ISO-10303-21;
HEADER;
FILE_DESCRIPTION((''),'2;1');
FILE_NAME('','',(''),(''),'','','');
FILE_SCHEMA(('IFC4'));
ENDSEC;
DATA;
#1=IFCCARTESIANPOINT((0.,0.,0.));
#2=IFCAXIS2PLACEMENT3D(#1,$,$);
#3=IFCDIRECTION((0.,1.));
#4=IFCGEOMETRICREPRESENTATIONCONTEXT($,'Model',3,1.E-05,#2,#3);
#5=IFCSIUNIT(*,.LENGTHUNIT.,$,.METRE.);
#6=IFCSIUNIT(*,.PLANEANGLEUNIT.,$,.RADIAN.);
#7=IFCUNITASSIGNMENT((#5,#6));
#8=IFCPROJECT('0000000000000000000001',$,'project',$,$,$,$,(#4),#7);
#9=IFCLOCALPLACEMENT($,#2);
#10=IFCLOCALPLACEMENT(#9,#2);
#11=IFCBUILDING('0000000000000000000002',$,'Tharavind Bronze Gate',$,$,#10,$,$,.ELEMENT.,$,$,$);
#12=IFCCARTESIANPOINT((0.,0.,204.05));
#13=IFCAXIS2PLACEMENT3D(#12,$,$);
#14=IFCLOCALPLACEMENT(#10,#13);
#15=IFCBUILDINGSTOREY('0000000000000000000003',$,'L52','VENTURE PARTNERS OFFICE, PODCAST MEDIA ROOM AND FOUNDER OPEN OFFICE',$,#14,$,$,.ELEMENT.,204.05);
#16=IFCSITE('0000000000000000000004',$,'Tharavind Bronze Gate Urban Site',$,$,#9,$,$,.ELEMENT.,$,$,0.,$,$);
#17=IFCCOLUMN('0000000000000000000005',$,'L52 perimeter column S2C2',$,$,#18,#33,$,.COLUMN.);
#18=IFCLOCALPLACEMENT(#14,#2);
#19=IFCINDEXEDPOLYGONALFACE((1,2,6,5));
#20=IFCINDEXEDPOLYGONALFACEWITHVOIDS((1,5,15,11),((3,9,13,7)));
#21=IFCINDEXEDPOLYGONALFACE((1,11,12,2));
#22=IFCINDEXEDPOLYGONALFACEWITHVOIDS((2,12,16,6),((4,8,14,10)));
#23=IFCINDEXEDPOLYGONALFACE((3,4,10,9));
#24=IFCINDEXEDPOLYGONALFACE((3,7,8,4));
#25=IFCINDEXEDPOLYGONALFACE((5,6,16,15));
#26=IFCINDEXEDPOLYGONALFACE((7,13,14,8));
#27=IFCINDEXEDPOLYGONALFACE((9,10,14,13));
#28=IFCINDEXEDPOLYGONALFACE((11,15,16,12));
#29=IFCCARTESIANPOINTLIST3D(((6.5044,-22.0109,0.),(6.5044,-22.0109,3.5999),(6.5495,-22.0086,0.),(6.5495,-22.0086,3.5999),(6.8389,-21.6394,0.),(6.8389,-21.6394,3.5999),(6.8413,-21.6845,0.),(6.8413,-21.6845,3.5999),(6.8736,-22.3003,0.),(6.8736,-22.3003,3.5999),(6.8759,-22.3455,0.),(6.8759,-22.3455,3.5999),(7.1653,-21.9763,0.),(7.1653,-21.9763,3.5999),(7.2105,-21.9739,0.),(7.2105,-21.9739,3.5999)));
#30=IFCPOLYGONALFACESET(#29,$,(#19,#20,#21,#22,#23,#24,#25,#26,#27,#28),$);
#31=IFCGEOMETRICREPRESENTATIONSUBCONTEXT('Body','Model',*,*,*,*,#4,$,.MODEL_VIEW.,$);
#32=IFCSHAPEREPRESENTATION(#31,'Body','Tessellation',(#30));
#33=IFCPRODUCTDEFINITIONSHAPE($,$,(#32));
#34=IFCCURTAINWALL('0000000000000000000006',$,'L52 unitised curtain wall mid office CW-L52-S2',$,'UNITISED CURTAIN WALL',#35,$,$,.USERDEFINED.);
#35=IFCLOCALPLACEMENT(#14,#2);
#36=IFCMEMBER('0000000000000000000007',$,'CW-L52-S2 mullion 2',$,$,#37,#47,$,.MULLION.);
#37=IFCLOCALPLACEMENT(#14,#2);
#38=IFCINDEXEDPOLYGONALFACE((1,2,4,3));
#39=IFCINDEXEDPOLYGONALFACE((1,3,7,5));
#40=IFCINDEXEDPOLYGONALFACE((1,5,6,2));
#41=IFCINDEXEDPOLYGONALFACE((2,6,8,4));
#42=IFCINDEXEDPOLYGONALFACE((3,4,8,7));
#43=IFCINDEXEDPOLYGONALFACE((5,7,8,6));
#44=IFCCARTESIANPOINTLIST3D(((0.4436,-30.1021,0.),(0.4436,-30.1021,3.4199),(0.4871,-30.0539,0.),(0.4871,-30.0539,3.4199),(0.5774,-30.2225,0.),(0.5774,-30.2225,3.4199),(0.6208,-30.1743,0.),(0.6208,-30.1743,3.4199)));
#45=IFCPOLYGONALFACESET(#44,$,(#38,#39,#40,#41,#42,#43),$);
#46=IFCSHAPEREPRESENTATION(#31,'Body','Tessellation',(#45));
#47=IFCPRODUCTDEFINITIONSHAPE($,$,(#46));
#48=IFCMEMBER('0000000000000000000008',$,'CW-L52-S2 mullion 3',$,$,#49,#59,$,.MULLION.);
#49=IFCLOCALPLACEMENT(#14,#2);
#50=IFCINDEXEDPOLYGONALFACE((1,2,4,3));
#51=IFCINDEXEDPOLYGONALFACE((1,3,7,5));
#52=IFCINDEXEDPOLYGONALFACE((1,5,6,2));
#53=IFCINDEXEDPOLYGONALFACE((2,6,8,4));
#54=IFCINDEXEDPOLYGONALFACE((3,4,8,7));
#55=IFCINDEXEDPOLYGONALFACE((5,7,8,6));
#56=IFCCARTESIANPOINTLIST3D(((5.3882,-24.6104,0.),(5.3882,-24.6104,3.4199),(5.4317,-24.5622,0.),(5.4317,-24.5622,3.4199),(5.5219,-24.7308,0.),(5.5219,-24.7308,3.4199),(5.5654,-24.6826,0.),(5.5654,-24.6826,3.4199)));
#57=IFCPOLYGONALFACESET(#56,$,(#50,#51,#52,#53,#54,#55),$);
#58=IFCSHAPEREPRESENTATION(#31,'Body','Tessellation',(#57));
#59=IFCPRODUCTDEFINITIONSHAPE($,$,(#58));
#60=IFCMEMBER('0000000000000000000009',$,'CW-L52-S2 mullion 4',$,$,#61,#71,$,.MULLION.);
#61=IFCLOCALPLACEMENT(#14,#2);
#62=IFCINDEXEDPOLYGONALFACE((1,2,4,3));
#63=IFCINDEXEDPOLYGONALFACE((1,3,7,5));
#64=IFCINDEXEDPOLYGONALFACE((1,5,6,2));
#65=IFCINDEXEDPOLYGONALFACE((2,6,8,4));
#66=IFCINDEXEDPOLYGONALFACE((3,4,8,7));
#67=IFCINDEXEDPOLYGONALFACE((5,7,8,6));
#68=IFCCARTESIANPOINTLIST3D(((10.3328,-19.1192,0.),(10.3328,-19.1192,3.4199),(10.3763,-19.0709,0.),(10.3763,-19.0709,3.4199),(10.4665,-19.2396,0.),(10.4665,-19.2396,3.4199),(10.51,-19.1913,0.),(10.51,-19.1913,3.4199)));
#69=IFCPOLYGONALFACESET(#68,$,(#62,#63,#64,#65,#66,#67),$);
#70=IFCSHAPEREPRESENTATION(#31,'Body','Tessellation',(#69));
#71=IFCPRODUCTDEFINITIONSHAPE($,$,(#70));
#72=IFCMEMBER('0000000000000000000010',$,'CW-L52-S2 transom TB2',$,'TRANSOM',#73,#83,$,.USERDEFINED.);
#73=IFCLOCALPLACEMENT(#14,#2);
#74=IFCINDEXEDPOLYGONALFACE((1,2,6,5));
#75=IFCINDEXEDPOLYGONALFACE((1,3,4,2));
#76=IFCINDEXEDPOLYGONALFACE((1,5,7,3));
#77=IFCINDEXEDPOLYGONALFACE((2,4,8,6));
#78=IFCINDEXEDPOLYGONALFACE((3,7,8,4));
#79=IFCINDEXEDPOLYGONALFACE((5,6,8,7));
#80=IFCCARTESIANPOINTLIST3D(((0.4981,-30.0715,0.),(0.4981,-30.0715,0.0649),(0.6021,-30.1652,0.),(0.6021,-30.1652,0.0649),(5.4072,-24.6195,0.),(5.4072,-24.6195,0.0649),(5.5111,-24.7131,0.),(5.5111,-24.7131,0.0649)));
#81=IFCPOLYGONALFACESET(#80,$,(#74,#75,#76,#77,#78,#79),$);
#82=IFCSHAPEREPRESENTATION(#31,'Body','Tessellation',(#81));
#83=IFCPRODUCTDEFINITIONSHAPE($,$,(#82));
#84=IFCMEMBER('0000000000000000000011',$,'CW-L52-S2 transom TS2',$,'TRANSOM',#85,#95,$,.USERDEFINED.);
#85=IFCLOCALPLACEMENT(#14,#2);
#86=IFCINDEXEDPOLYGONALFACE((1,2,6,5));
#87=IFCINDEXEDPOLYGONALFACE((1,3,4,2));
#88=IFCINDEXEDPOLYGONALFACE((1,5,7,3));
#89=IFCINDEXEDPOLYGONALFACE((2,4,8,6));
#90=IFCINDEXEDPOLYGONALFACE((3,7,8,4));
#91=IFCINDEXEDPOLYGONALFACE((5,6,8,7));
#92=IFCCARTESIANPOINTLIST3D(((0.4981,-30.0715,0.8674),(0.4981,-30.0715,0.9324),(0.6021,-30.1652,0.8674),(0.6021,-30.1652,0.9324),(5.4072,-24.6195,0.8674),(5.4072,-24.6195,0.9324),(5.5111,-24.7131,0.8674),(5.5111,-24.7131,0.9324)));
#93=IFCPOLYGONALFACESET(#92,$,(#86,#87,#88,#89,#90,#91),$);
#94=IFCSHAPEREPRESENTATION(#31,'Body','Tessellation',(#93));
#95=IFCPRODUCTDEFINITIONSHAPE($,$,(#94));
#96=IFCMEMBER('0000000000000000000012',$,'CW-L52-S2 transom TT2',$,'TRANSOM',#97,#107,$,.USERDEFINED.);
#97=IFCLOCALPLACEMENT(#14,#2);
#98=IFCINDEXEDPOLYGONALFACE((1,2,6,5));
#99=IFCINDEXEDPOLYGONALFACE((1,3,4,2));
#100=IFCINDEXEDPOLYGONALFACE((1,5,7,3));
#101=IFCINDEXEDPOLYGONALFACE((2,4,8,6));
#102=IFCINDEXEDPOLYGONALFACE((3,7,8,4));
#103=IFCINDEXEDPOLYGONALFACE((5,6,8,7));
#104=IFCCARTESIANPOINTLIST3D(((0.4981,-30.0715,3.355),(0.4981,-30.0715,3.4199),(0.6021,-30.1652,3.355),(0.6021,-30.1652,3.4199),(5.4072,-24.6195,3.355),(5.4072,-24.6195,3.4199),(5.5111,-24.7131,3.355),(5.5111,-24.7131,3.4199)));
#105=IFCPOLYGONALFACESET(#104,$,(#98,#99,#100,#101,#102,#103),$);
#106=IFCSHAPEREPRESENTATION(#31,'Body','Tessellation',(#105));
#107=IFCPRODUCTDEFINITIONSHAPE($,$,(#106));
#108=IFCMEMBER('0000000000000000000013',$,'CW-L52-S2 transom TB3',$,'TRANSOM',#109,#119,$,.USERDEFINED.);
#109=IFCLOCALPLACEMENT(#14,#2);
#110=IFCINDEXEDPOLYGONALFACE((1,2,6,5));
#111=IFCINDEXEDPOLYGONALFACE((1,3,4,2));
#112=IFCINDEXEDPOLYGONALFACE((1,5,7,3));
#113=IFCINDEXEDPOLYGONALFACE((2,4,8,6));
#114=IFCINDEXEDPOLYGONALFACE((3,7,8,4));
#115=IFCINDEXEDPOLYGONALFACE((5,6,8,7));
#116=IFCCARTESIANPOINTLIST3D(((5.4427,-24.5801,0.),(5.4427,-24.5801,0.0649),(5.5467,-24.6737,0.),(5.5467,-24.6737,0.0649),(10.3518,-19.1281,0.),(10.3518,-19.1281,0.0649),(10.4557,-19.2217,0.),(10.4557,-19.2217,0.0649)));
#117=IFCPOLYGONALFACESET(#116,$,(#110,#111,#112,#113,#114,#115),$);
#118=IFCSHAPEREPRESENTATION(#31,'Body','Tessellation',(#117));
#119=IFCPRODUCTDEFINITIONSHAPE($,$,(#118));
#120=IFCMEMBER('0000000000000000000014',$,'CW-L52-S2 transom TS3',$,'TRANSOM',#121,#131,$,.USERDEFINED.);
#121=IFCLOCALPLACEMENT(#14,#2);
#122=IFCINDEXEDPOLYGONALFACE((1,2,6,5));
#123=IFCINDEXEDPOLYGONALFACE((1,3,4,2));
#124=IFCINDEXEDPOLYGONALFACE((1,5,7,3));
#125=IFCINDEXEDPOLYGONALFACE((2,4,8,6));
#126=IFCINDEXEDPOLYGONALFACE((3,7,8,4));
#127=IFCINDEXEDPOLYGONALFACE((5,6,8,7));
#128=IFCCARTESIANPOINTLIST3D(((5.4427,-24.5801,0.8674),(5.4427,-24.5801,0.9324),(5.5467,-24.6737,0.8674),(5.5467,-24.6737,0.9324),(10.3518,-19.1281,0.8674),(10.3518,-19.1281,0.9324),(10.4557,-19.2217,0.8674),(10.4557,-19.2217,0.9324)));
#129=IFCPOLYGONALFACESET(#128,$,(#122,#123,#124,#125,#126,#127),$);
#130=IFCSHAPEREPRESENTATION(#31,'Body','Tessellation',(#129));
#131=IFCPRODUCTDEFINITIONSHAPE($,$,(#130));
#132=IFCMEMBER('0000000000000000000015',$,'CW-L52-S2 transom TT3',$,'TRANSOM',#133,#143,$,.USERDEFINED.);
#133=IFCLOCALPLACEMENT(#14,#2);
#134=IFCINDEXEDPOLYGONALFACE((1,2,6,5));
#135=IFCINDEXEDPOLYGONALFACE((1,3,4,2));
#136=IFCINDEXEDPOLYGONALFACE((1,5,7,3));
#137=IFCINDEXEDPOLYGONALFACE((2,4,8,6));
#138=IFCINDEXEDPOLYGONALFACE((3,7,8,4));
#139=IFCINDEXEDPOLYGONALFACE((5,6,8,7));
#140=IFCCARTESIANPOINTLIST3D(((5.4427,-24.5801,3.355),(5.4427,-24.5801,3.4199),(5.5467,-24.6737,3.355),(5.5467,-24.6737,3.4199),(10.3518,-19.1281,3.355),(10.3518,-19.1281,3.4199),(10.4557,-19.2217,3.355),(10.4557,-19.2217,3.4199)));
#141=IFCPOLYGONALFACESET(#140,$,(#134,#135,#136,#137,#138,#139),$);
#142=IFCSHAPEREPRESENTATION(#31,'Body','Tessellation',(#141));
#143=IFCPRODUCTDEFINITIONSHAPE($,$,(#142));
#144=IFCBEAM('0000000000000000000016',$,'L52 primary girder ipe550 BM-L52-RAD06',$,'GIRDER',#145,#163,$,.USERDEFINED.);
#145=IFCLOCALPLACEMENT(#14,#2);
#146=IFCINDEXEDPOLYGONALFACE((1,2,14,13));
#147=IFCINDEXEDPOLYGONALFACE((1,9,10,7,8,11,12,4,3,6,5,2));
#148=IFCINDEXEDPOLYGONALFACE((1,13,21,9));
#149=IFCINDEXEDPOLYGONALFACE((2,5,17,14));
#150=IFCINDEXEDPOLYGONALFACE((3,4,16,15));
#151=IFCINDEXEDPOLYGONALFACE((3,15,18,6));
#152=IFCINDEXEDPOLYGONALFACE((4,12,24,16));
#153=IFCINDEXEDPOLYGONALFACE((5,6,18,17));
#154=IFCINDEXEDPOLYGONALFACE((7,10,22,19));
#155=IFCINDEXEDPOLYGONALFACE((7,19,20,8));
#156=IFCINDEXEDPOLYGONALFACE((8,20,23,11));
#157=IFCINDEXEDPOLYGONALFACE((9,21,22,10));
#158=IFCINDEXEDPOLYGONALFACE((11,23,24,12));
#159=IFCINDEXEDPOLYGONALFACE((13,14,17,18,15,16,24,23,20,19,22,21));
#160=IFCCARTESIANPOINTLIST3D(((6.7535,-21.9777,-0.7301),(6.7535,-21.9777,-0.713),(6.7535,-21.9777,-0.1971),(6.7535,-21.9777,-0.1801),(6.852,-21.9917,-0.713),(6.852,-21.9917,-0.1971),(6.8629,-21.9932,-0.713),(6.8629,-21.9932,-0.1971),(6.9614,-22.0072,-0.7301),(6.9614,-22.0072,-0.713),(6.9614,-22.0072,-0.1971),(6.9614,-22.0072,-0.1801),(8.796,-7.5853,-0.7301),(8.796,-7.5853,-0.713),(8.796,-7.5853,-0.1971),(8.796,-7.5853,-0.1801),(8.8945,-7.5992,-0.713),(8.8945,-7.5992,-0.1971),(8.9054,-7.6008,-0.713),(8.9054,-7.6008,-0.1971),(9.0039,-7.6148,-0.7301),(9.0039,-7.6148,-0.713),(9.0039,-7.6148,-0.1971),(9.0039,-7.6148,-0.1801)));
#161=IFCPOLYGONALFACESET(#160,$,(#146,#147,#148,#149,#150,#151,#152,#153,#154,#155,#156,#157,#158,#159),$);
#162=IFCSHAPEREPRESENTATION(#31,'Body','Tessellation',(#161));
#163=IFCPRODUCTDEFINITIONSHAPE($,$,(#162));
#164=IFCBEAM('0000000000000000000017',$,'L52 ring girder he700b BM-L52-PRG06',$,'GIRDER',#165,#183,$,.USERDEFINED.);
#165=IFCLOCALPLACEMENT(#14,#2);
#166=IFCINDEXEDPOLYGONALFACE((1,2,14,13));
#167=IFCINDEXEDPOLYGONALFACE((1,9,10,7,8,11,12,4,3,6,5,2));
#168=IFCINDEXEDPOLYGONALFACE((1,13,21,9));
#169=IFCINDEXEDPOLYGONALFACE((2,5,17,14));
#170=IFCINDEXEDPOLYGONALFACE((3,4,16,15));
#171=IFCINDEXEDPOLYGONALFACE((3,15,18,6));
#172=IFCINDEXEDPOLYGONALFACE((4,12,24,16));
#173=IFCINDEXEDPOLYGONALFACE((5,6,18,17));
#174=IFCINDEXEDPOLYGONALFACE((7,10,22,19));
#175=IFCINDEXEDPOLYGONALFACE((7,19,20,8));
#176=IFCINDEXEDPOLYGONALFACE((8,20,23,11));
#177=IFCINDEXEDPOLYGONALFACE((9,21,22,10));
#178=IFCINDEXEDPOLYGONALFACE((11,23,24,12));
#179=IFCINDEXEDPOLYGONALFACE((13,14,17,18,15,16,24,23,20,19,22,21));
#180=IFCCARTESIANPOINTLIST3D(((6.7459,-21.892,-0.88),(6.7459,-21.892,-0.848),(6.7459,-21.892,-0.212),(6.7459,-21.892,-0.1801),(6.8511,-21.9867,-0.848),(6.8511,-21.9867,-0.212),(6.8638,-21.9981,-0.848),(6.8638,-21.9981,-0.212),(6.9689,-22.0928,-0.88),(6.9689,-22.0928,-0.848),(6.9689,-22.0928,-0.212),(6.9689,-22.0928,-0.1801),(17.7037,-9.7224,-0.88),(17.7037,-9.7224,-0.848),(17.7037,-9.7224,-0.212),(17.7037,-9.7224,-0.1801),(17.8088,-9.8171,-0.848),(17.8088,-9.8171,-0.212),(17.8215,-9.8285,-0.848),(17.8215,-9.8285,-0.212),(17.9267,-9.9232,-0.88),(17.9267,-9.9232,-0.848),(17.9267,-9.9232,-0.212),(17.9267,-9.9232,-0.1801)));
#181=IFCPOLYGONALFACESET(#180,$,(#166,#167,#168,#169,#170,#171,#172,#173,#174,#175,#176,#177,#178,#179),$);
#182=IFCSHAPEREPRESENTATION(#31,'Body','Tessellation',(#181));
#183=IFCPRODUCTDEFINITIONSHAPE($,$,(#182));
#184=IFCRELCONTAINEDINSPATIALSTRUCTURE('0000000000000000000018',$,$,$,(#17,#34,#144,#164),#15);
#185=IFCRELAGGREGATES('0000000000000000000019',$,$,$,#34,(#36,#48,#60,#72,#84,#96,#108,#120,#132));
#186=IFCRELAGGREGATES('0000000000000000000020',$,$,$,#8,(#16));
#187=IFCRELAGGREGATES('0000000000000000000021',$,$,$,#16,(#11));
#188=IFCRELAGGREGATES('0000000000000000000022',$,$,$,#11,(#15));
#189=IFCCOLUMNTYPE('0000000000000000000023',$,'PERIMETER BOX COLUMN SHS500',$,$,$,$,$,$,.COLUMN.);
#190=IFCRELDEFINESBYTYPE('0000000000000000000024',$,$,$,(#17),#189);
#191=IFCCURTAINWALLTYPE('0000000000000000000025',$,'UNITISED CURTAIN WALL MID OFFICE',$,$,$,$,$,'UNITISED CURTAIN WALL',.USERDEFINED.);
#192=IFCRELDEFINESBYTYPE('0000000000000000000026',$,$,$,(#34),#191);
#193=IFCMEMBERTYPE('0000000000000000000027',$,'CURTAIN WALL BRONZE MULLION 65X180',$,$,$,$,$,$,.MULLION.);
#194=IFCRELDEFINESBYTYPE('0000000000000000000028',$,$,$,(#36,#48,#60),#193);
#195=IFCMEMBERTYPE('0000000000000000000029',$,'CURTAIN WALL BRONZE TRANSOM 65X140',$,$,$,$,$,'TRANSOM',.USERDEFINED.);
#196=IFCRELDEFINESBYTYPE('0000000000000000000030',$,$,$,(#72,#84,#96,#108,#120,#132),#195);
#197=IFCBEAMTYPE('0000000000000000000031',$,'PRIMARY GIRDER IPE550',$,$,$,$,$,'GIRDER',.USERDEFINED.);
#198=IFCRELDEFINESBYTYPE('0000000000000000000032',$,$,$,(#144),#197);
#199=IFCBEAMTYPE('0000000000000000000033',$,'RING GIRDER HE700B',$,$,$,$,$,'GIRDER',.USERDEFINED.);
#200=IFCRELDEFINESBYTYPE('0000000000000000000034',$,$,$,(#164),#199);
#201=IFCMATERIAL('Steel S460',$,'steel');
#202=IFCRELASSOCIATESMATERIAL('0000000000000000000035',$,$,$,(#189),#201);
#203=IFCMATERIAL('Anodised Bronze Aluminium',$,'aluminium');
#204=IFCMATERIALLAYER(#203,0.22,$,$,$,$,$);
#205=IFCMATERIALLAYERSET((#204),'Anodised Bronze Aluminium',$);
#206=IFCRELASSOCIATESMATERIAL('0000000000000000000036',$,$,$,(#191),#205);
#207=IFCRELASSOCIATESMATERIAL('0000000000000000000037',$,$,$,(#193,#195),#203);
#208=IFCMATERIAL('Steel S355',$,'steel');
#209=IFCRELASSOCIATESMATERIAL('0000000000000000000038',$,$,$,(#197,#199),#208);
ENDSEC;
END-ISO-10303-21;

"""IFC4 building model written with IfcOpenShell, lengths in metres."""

from ifc_helpers import new_model, si_unit, direction, frame, origin, origin_2d, place, context, subcontext, project, spatial, rectangle, hollow_rectangle, i_section, extrude, material, layer, layer_set, material_profile, profile_set, type_object, element, aggregate, save


model = new_model("IFC4")

# Units and contexts
model_context = context("Model", 3, precision=1e-05, world=origin(), true_north=direction((0.0, 1.0)))
body_context = subcontext(model_context, "Body", "Model", "MODEL_VIEW")
ifc_project = project(units=[si_unit("LENGTHUNIT", "METRE"), si_unit("PLANEANGLEUNIT", "RADIAN")], contexts=[model_context])

# Site, building, storey
site_placement = place(None, origin())
site = spatial("IfcSite", under=ifc_project, at=site_placement, Name="Tharavind Bronze Gate Urban Site", CompositionType="ELEMENT", RefElevation=0.0)
building_placement = place(site_placement, origin())
building = spatial("IfcBuilding", under=site, at=building_placement, Name="Tharavind Bronze Gate", CompositionType="ELEMENT")
storey_placement = place(building_placement, frame((0.0, 0.0, 204.05)))
storey = spatial("IfcBuildingStorey", under=building, at=storey_placement, Name="L52", Description="VENTURE PARTNERS OFFICE, PODCAST MEDIA ROOM AND FOUNDER OPEN OFFICE", CompositionType="ELEMENT", Elevation=204.05)

# Column
ifc_material_1 = material(Name="Steel S460", Category="steel")
ifc_material_profile_1 = material_profile(ifc_material_1, hollow_rectangle(XDim=0.5, YDim=0.5, WallThickness=0.032, at=origin_2d()), Name="SHS500X32")
ifc_profile_set_1 = profile_set([ifc_material_profile_1], Name="Steel S460")
column_type = type_object("IfcColumnType", Name="PERIMETER BOX COLUMN SHS500", PredefinedType="COLUMN", material=ifc_profile_set_1)
column_placement = place(storey_placement, frame((6.8574, -21.9924, 0.0), z_axis=(0.0, 0.0, 1.0), x_axis=(0.669131, 0.743145, 0.0)))
element("IfcColumn", 1, at=column_placement, inside=storey, type_object=column_type, Name="L52 perimeter column S2C2", PredefinedType="COLUMN", context=body_context, shape_type="SweptSolid", body=[
    extrude(hollow_rectangle(XDim=0.5, YDim=0.5, WallThickness=0.032, at=origin_2d()), origin(), (0.0, 0.0, 1.0), 3.5999),
])

# Curtain wall, members
ifc_material_2 = material(Name="Anodised Bronze Aluminium", Category="aluminium")
ifc_layer_1 = layer(ifc_material_2, 0.22)
ifc_layer_set_1 = layer_set([ifc_layer_1], Name="Anodised Bronze Aluminium")
curtain_wall_type = type_object("IfcCurtainWallType", Name="UNITISED CURTAIN WALL MID OFFICE", ElementType="UNITISED CURTAIN WALL", PredefinedType="USERDEFINED", material=ifc_layer_set_1)
curtain_wall_placement = place(storey_placement, origin())
curtain_wall = element("IfcCurtainWall", 2, at=curtain_wall_placement, inside=storey, type_object=curtain_wall_type, Name="L52 unitised curtain wall mid office CW-L52-S2", ObjectType="UNITISED CURTAIN WALL", PredefinedType="USERDEFINED")
member_type_1 = type_object("IfcMemberType", Name="CURTAIN WALL BRONZE MULLION 65X180", PredefinedType="MULLION", material=ifc_material_2)
member_1_placement = place(storey_placement, frame((0.5322, -30.1382, 0.0), z_axis=(0.0, 0.0, 1.0), x_axis=(0.669131, 0.743145, 0.0)))
member_1 = element("IfcMember", 3, at=member_1_placement, type_object=member_type_1, Name="CW-L52-S2 mullion 2", PredefinedType="MULLION", context=body_context, shape_type="SweptSolid", body=[
    extrude(rectangle(XDim=0.0649, YDim=0.1799, at=origin_2d()), origin(), (0.0, 0.0, 1.0), 3.4199),
])
member_2_placement = place(storey_placement, frame((5.4768, -24.6465, 0.0), z_axis=(0.0, 0.0, 1.0), x_axis=(0.669131, 0.743145, 0.0)))
member_2 = element("IfcMember", 4, at=member_2_placement, type_object=member_type_1, Name="CW-L52-S2 mullion 3", PredefinedType="MULLION", context=body_context, shape_type="SweptSolid", body=[
    extrude(rectangle(XDim=0.0649, YDim=0.1799, at=origin_2d()), origin(), (0.0, 0.0, 1.0), 3.4199),
])
member_3_placement = place(storey_placement, frame((10.4214, -19.1553, 0.0), z_axis=(0.0, 0.0, 1.0), x_axis=(0.669131, 0.743145, 0.0)))
member_3 = element("IfcMember", 5, at=member_3_placement, type_object=member_type_1, Name="CW-L52-S2 mullion 4", PredefinedType="MULLION", context=body_context, shape_type="SweptSolid", body=[
    extrude(rectangle(XDim=0.0649, YDim=0.1799, at=origin_2d()), origin(), (0.0, 0.0, 1.0), 3.4199),
])
member_type_2 = type_object("IfcMemberType", Name="CURTAIN WALL BRONZE TRANSOM 65X140", ElementType="TRANSOM", PredefinedType="USERDEFINED", material=ifc_material_2)
member_4_placement = place(storey_placement, frame((3.0046, -27.3923, 0.0), z_axis=(0.0, 0.0, 1.0), x_axis=(0.669131, 0.743145, 0.0)))
member_4 = element("IfcMember", 6, at=member_4_placement, type_object=member_type_2, Name="CW-L52-S2 transom TB2", ObjectType="TRANSOM", PredefinedType="USERDEFINED", context=body_context, shape_type="SweptSolid", body=[
    extrude(rectangle(XDim=7.3364, YDim=0.1399, at=origin_2d()), origin(), (0.0, 0.0, 1.0), 0.0649),
])
member_5_placement = place(storey_placement, frame((3.0046, -27.3923, 0.8674), z_axis=(0.0, 0.0, 1.0), x_axis=(0.669131, 0.743145, 0.0)))
member_5 = element("IfcMember", 7, at=member_5_placement, type_object=member_type_2, Name="CW-L52-S2 transom TS2", ObjectType="TRANSOM", PredefinedType="USERDEFINED", context=body_context, shape_type="SweptSolid", body=[
    extrude(rectangle(XDim=7.3364, YDim=0.1399, at=origin_2d()), origin(), (0.0, 0.0, 1.0), 0.0649),
])
member_6_placement = place(storey_placement, frame((3.0046, -27.3923, 3.355), z_axis=(0.0, 0.0, 1.0), x_axis=(0.669131, 0.743145, 0.0)))
member_6 = element("IfcMember", 8, at=member_6_placement, type_object=member_type_2, Name="CW-L52-S2 transom TT2", ObjectType="TRANSOM", PredefinedType="USERDEFINED", context=body_context, shape_type="SweptSolid", body=[
    extrude(rectangle(XDim=7.3364, YDim=0.1399, at=origin_2d()), origin(), (0.0, 0.0, 1.0), 0.0649),
])
member_7_placement = place(storey_placement, frame((7.9492, -21.9009, 0.0), z_axis=(0.0, 0.0, 1.0), x_axis=(0.669131, 0.743145, 0.0)))
member_7 = element("IfcMember", 9, at=member_7_placement, type_object=member_type_2, Name="CW-L52-S2 transom TB3", ObjectType="TRANSOM", PredefinedType="USERDEFINED", context=body_context, shape_type="SweptSolid", body=[
    extrude(rectangle(XDim=7.3364, YDim=0.1399, at=origin_2d()), origin(), (0.0, 0.0, 1.0), 0.0649),
])
member_8_placement = place(storey_placement, frame((7.9492, -21.9009, 0.8674), z_axis=(0.0, 0.0, 1.0), x_axis=(0.669131, 0.743145, 0.0)))
member_8 = element("IfcMember", 10, at=member_8_placement, type_object=member_type_2, Name="CW-L52-S2 transom TS3", ObjectType="TRANSOM", PredefinedType="USERDEFINED", context=body_context, shape_type="SweptSolid", body=[
    extrude(rectangle(XDim=7.3364, YDim=0.1399, at=origin_2d()), origin(), (0.0, 0.0, 1.0), 0.0649),
])
member_9_placement = place(storey_placement, frame((7.9492, -21.9009, 3.355), z_axis=(0.0, 0.0, 1.0), x_axis=(0.669131, 0.743145, 0.0)))
member_9 = element("IfcMember", 11, at=member_9_placement, type_object=member_type_2, Name="CW-L52-S2 transom TT3", ObjectType="TRANSOM", PredefinedType="USERDEFINED", context=body_context, shape_type="SweptSolid", body=[
    extrude(rectangle(XDim=7.3364, YDim=0.1399, at=origin_2d()), origin(), (0.0, 0.0, 1.0), 0.0649),
])

# Beams
ifc_material_3 = material(Name="Steel S355", Category="steel")
ifc_material_profile_2 = material_profile(ifc_material_3, i_section(OverallWidth=0.21, OverallDepth=0.55, WebThickness=0.011, FlangeThickness=0.0171, at=origin_2d()), Name="IPE550")
ifc_profile_set_2 = profile_set([ifc_material_profile_2], Name="Steel S355")
beam_type_1 = type_object("IfcBeamType", Name="PRIMARY GIRDER IPE550", ElementType="GIRDER", PredefinedType="USERDEFINED", material=ifc_profile_set_2)
beam_1_placement = place(storey_placement, frame((6.8574, -21.9924, -0.4551), z_axis=(0.140507, 0.99008, 0.0), x_axis=(-0.99008, 0.140507, 0.0)))
element("IfcBeam", 12, at=beam_1_placement, inside=storey, type_object=beam_type_1, Name="L52 primary girder ipe550 BM-L52-RAD06", ObjectType="GIRDER", PredefinedType="USERDEFINED", context=body_context, shape_type="SweptSolid", body=[
    extrude(i_section(OverallWidth=0.21, OverallDepth=0.55, WebThickness=0.011, FlangeThickness=0.0171, at=origin_2d()), origin(), (0.0, 0.0, 1.0), 14.5366),
])
ifc_material_profile_3 = material_profile(ifc_material_3, i_section(OverallWidth=0.3, OverallDepth=0.7, WebThickness=0.0171, FlangeThickness=0.032, at=origin_2d()), Name="HE700B")
ifc_profile_set_3 = profile_set([ifc_material_profile_3], Name="Steel S355")
beam_type_2 = type_object("IfcBeamType", Name="RING GIRDER HE700B", ElementType="GIRDER", PredefinedType="USERDEFINED", material=ifc_profile_set_3)
beam_2_placement = place(storey_placement, frame((6.8574, -21.9924, -0.53), z_axis=(0.669135, 0.743141, 0.0), x_axis=(-0.743141, 0.669135, 0.0)))
element("IfcBeam", 13, at=beam_2_placement, inside=storey, type_object=beam_type_2, Name="L52 ring girder he700b BM-L52-PRG06", ObjectType="GIRDER", PredefinedType="USERDEFINED", context=body_context, shape_type="SweptSolid", body=[
    extrude(i_section(OverallWidth=0.3, OverallDepth=0.7, WebThickness=0.0171, FlangeThickness=0.032, at=origin_2d()), origin(), (0.0, 0.0, 1.0), 16.376),
])

aggregate(curtain_wall, [member_1, member_2, member_3, member_4, member_5, member_6, member_7, member_8, member_9])

save(model, "model.ifc")
